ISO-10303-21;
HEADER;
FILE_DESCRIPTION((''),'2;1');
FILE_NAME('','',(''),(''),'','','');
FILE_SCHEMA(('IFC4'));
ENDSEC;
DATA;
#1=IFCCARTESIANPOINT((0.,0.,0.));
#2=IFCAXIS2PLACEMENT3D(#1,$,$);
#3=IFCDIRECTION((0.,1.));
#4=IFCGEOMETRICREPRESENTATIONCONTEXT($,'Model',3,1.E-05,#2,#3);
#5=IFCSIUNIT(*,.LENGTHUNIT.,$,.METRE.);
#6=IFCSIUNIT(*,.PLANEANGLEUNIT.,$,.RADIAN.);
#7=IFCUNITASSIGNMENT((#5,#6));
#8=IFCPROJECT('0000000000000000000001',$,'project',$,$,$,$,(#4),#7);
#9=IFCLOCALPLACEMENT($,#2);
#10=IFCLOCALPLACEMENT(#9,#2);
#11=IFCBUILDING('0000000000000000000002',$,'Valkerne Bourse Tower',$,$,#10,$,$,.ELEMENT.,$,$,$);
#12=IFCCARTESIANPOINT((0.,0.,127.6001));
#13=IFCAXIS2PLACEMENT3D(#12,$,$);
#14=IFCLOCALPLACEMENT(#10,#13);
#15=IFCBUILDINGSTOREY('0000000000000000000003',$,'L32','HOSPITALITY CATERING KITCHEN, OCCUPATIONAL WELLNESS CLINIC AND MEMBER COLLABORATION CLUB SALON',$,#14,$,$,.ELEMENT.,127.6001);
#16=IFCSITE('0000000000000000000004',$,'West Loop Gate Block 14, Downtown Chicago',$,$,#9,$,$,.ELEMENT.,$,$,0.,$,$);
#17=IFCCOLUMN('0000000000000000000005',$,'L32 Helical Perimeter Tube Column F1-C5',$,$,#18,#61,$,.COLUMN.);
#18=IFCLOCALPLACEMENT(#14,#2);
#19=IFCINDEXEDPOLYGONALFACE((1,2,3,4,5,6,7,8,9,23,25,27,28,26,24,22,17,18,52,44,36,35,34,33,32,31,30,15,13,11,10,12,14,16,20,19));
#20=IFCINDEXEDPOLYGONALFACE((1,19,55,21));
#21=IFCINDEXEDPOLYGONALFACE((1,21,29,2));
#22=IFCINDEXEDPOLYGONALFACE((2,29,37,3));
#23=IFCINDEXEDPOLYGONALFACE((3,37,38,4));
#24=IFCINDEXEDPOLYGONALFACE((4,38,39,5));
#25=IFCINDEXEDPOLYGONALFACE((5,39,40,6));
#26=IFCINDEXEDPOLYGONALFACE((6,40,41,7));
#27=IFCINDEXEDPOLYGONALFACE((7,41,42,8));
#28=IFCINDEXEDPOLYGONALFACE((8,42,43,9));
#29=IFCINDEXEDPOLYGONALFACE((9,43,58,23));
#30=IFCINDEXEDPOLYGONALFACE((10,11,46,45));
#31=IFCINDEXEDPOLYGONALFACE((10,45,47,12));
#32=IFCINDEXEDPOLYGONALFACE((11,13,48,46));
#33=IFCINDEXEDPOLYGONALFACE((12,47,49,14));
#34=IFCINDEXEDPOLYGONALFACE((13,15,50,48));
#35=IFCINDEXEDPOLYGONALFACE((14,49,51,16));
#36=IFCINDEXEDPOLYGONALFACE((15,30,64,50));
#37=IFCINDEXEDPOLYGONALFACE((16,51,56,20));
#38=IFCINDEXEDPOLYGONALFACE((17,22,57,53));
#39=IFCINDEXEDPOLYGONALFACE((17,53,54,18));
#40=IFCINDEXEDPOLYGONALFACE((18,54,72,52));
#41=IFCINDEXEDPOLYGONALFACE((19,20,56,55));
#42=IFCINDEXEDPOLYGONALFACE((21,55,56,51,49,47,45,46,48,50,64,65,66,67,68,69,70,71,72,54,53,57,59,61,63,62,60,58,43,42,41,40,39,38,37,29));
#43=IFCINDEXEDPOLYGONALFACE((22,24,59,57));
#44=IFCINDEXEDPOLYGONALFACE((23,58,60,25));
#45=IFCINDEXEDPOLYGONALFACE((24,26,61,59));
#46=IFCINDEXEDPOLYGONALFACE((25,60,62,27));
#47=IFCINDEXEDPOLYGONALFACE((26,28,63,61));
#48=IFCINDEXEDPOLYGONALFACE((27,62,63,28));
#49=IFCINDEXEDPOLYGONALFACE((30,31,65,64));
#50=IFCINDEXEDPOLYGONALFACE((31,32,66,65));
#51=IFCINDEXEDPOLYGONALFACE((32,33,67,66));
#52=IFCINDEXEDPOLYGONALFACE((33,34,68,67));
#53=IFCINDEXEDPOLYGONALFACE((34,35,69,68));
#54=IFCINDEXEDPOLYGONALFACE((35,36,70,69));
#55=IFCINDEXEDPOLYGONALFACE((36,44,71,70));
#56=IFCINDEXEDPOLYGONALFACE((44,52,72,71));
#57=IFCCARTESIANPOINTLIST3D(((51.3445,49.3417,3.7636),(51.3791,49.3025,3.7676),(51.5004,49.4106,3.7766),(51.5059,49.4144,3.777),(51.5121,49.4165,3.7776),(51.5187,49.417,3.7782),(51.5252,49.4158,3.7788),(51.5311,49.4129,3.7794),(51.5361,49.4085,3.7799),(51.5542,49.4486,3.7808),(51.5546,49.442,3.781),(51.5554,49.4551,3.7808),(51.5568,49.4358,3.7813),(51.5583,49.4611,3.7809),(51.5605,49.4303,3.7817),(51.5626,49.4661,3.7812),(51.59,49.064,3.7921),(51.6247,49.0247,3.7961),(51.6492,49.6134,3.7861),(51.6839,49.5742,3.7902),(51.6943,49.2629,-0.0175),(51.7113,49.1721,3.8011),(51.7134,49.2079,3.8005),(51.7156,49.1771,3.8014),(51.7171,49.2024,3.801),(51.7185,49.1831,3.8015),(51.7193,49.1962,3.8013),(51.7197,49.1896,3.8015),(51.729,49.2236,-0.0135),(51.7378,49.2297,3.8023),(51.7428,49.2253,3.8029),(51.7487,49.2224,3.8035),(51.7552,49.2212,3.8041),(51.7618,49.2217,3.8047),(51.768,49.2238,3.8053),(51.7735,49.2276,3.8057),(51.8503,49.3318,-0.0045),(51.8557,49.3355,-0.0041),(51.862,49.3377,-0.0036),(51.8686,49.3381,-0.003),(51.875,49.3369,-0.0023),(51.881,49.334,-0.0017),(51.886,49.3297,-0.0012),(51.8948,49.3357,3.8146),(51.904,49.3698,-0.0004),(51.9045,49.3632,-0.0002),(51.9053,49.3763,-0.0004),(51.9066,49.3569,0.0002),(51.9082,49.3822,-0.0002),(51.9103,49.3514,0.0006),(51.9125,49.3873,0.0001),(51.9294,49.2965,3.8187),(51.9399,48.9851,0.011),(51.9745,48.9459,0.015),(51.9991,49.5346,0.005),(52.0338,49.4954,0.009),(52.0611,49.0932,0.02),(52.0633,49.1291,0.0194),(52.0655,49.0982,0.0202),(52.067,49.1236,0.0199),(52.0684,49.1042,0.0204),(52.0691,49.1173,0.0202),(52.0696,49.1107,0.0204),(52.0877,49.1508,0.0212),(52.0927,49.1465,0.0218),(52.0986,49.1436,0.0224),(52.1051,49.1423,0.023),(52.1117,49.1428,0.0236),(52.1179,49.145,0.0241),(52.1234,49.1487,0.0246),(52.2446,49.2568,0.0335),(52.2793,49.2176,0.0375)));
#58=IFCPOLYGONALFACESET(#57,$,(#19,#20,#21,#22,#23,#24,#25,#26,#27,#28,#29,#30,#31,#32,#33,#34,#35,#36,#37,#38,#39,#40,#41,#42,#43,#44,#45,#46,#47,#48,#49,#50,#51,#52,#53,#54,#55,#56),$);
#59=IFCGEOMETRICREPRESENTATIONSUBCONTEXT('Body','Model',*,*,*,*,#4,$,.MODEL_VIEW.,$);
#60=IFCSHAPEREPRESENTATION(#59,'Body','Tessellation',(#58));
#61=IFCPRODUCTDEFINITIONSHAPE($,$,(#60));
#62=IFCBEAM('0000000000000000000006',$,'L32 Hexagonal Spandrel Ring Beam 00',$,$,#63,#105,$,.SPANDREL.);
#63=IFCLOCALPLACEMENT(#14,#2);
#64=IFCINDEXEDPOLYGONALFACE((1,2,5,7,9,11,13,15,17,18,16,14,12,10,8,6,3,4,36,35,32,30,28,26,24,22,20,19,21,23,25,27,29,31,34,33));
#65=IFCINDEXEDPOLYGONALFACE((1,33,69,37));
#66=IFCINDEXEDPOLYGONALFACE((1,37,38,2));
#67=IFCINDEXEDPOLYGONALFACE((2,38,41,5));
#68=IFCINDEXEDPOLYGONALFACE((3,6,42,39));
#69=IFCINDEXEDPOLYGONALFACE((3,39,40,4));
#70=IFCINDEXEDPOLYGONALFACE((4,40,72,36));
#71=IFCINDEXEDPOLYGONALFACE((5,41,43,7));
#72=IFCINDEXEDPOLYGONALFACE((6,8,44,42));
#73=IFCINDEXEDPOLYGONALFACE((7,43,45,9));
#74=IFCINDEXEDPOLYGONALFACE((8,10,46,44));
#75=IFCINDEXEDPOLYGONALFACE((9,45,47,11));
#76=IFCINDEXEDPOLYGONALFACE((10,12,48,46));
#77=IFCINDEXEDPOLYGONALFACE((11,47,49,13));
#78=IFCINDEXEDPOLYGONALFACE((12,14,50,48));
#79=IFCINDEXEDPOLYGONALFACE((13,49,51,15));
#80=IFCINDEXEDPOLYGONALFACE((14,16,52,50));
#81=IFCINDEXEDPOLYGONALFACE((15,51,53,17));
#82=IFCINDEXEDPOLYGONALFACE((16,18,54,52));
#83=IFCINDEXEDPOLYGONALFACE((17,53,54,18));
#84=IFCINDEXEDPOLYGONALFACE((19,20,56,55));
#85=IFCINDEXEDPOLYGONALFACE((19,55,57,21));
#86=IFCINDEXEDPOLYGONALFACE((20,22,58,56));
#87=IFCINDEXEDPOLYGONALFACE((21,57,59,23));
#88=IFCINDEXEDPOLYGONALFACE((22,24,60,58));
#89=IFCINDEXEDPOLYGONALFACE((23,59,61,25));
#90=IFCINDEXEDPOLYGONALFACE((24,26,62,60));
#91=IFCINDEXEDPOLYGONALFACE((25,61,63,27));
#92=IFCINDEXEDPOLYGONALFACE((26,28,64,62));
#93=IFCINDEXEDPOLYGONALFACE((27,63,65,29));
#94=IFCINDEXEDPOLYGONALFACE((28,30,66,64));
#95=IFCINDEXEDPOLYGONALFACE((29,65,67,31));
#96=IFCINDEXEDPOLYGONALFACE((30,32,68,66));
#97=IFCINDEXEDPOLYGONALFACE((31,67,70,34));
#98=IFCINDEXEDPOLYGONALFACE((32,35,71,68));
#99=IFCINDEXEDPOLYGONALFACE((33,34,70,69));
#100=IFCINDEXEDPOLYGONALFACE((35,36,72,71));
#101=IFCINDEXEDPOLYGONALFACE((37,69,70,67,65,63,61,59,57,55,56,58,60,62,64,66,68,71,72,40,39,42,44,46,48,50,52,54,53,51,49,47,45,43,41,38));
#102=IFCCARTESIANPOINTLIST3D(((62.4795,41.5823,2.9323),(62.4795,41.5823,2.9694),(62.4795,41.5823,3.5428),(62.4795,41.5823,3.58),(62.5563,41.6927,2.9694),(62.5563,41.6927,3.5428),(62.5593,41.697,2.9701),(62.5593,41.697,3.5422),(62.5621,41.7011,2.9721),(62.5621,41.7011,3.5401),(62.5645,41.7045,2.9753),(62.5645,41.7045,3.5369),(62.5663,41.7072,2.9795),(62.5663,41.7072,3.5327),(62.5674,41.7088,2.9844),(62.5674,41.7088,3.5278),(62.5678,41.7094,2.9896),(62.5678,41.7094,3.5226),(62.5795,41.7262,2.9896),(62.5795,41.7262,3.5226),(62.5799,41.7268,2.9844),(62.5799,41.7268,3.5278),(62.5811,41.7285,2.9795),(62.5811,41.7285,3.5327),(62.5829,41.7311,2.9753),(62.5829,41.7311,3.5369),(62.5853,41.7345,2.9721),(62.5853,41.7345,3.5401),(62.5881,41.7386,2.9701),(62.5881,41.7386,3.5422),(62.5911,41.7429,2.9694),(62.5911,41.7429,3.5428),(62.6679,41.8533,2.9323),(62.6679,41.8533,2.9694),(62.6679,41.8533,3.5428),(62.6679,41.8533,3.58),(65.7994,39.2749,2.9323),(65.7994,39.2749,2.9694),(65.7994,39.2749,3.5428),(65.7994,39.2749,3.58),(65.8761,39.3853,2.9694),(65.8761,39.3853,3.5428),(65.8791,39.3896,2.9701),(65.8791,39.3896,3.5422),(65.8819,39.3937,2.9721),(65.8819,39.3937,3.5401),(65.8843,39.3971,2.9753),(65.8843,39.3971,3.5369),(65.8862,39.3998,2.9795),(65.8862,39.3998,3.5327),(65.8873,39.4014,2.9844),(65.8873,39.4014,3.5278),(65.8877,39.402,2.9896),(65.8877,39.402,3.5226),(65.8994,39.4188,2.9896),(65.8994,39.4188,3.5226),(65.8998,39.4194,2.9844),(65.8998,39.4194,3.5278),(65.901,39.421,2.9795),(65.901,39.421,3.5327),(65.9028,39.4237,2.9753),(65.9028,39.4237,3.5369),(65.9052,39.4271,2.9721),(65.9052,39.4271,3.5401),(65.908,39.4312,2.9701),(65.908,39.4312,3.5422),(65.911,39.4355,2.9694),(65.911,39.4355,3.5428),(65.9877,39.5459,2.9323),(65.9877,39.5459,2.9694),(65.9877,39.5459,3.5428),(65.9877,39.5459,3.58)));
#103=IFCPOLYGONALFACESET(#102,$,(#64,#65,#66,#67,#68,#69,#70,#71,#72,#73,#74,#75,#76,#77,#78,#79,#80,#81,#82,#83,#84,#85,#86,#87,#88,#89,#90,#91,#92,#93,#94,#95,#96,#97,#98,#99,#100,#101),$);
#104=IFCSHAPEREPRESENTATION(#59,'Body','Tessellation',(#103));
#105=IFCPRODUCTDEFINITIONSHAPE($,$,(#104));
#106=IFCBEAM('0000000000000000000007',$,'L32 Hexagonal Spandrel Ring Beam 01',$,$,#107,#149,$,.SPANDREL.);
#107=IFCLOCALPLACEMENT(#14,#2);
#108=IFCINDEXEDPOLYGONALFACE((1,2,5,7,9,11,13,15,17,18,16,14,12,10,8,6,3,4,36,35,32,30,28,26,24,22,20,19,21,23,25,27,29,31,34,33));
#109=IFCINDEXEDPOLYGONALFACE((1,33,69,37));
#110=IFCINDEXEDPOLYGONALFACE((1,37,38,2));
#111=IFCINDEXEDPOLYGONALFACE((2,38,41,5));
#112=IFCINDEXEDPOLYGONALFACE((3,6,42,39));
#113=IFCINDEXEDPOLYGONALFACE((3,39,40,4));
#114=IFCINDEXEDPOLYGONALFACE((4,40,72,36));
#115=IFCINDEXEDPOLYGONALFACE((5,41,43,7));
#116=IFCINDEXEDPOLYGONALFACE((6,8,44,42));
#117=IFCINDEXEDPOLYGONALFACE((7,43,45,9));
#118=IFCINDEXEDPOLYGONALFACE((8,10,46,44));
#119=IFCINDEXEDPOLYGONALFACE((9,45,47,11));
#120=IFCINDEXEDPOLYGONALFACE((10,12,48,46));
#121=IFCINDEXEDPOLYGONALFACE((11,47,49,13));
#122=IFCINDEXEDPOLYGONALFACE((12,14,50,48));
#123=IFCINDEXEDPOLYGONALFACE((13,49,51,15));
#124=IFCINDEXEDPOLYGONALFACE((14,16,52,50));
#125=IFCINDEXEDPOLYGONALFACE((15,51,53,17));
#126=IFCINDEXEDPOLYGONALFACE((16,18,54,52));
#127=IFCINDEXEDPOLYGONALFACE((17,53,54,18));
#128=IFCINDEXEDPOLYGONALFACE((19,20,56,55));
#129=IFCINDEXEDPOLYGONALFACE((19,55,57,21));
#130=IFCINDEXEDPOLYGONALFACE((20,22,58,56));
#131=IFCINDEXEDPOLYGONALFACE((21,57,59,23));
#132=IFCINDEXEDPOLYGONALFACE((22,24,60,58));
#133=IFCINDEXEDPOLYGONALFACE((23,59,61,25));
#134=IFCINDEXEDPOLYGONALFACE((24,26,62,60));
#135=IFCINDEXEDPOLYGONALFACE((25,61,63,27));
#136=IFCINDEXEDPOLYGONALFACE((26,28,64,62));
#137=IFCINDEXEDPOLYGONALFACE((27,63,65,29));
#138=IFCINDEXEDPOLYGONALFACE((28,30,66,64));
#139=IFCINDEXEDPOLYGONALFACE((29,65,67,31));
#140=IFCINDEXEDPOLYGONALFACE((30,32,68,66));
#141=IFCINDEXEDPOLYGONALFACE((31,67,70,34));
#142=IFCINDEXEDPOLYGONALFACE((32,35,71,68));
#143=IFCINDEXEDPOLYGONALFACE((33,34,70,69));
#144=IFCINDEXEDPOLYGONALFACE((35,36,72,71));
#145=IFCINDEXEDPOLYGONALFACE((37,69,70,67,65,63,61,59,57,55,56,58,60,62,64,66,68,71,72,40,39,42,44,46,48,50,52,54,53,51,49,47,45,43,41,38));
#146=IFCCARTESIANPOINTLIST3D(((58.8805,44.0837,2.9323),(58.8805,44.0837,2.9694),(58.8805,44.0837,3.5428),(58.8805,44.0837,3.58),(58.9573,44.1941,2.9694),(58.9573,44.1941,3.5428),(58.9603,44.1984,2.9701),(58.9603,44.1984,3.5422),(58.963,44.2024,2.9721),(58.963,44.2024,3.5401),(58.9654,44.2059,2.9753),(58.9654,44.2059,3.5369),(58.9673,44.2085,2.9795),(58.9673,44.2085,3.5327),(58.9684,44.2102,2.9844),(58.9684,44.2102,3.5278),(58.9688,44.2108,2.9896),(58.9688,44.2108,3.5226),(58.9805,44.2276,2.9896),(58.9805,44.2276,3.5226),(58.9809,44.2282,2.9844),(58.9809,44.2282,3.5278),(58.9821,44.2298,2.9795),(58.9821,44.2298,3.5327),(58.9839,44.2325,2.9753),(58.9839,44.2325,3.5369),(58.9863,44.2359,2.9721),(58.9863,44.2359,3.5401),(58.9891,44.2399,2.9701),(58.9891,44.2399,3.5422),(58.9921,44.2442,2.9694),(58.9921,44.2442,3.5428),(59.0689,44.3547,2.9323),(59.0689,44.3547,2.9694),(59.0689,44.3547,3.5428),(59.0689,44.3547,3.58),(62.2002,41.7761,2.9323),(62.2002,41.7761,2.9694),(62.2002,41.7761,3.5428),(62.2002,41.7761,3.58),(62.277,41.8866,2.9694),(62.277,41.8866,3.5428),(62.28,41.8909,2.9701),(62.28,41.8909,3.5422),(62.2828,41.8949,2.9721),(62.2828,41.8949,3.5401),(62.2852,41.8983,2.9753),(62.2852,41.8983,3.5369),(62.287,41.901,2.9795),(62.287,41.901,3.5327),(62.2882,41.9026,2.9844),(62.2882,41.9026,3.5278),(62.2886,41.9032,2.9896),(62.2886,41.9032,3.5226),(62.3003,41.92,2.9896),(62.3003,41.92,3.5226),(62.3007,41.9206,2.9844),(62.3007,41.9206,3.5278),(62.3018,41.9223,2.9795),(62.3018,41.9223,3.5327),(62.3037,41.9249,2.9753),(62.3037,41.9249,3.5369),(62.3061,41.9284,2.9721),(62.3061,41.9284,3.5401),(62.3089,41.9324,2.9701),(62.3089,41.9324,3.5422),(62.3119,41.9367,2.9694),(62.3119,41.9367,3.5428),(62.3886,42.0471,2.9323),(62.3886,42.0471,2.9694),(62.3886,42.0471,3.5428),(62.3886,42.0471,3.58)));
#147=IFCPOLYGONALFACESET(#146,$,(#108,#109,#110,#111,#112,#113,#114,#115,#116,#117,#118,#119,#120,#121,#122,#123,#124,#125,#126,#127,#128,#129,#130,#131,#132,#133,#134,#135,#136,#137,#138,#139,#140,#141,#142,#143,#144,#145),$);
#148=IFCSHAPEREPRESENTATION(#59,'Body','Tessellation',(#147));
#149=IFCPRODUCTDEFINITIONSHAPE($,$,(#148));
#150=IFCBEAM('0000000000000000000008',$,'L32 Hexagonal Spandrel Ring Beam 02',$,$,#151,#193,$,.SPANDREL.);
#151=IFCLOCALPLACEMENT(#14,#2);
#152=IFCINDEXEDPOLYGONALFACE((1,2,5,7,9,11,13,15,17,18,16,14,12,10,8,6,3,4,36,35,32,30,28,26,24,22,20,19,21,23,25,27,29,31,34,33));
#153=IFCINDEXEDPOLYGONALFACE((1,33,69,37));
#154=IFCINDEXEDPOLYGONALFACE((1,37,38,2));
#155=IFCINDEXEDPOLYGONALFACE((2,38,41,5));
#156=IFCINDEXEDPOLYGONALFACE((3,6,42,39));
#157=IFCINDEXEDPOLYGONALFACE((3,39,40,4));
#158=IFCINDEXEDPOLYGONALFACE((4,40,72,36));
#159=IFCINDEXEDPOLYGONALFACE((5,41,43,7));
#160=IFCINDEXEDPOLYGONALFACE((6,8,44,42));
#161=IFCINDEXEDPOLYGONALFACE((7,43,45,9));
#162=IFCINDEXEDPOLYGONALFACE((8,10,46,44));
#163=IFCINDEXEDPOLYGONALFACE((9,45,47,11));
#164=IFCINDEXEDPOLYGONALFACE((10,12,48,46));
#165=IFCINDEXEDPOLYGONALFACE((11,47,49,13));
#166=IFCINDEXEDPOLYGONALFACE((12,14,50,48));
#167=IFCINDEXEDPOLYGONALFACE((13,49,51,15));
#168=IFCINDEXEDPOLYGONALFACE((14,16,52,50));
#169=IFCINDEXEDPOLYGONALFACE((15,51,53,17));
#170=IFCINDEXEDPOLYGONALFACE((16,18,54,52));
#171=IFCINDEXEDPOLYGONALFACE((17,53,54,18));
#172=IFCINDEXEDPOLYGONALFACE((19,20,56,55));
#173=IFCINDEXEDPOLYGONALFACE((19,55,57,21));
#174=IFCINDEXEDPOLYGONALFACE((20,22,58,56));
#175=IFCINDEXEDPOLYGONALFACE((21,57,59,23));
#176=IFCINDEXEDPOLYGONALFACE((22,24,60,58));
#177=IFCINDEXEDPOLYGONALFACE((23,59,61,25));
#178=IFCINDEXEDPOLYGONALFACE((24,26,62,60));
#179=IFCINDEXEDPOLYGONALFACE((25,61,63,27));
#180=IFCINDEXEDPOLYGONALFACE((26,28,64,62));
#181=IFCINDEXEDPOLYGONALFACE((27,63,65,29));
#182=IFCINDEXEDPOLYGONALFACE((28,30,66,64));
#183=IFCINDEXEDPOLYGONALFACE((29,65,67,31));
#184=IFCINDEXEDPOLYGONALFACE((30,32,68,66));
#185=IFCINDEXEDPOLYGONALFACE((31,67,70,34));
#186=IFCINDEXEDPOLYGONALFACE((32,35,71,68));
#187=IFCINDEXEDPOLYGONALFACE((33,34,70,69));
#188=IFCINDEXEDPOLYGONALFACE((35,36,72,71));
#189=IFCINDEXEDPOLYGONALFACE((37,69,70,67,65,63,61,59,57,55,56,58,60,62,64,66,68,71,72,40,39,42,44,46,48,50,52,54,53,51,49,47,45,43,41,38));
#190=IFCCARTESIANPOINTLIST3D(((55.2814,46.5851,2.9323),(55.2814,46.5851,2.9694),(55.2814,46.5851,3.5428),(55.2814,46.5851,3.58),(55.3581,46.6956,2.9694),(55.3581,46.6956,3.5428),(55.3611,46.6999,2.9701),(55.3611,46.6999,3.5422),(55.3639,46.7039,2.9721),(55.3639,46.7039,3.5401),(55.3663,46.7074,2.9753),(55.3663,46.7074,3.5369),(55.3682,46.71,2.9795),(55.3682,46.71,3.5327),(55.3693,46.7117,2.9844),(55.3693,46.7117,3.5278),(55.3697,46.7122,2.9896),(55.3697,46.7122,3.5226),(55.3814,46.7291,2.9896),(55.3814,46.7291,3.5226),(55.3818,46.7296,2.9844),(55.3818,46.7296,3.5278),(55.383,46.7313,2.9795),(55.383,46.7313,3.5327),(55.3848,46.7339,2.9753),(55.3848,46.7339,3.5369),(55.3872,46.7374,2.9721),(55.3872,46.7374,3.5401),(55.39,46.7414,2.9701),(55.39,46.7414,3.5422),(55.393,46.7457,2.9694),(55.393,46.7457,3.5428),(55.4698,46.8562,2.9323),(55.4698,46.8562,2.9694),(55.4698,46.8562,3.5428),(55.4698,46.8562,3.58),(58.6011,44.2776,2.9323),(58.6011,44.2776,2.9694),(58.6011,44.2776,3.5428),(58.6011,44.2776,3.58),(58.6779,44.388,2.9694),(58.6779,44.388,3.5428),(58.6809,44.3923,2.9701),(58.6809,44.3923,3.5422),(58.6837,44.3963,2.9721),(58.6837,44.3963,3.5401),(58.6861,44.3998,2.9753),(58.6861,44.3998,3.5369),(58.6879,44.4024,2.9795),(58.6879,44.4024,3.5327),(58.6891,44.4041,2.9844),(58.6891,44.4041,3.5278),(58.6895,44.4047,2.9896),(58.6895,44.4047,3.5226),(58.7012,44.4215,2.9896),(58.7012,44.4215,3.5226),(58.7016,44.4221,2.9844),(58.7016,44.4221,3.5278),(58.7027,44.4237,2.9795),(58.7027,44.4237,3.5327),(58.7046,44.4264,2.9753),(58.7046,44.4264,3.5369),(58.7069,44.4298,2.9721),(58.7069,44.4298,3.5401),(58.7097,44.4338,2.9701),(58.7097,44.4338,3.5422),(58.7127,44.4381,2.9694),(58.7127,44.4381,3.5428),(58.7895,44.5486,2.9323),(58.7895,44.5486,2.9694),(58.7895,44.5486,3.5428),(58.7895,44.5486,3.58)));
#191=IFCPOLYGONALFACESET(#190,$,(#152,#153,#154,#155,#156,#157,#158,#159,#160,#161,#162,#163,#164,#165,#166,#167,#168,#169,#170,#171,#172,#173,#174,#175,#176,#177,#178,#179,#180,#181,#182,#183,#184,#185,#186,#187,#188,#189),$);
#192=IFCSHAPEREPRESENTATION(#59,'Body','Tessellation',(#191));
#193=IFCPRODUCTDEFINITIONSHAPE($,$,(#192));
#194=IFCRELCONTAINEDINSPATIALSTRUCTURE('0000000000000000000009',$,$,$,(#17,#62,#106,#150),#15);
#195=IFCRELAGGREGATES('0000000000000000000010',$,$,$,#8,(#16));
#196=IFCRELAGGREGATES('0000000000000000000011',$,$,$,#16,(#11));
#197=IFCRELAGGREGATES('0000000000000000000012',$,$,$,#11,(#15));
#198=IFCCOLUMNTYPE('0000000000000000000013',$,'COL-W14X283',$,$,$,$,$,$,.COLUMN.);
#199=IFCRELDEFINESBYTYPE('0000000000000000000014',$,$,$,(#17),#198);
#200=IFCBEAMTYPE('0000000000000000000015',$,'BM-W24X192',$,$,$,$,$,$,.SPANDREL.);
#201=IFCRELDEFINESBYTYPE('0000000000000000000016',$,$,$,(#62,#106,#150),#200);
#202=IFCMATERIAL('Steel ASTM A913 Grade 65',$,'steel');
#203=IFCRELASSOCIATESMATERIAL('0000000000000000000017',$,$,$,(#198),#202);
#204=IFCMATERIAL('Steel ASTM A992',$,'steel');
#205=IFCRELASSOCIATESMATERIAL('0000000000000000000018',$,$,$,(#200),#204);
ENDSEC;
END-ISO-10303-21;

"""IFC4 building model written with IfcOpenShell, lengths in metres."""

from ifc_helpers import new_model, si_unit, direction, frame, origin, origin_2d, place, context, subcontext, project, spatial, i_section, extrude, material, material_profile, profile_set, type_object, element, save


model = new_model("IFC4")

# Units and contexts
model_context = context("Model", 3, precision=1e-05, world=origin(), true_north=direction((0.0, 1.0)))
body_context = subcontext(model_context, "Body", "Model", "MODEL_VIEW")
ifc_project = project(units=[si_unit("LENGTHUNIT", "METRE"), si_unit("PLANEANGLEUNIT", "RADIAN")], contexts=[model_context])

# Site, building, storey
site_placement = place(None, origin())
site = spatial("IfcSite", under=ifc_project, at=site_placement, Name="West Loop Gate Block 14, Downtown Chicago", CompositionType="ELEMENT", RefElevation=0.0)
building_placement = place(site_placement, origin())
building = spatial("IfcBuilding", under=site, at=building_placement, Name="Valkerne Bourse Tower", CompositionType="ELEMENT")
storey_placement = place(building_placement, frame((0.0, 0.0, 127.6001)))
storey = spatial("IfcBuildingStorey", under=building, at=storey_placement, Name="L32", Description="HOSPITALITY CATERING KITCHEN, OCCUPATIONAL WELLNESS CLINIC AND MEMBER COLLABORATION CLUB SALON", CompositionType="ELEMENT", Elevation=127.6001)

# Column
ifc_material_1 = material(Name="Steel ASTM A913 Grade 65", Category="steel")
ifc_material_profile_1 = material_profile(ifc_material_1, i_section(OverallWidth=0.4089, OverallDepth=0.4243, WebThickness=0.0327, FlangeThickness=0.0525, FilletRadius=0.0254, at=origin_2d()), Name="W14X283")
ifc_profile_set_1 = profile_set([ifc_material_profile_1], Name="Steel ASTM A913 Grade 65")
column_type = type_object("IfcColumnType", Name="COL-W14X283", PredefinedType="COLUMN", material=ifc_profile_set_1)
column_1_placement = place(storey_placement, frame((51.9868, 49.2402, 0.01), z_axis=(-0.092116, 0.020763, 0.995532), x_axis=(0.745281, 0.66447, 0.055102)))
element("IfcColumn", 1, at=column_1_placement, inside=storey, type_object=column_type, Name="L32 Helical Perimeter Tube Column F1-C5", PredefinedType="COLUMN", context=body_context, shape_type="SweptSolid", body=[
    extrude(i_section(OverallWidth=0.4089, OverallDepth=0.4243, WebThickness=0.0327, FlangeThickness=0.0525, FilletRadius=0.0254, at=origin_2d()), origin(), (0.0, 0.0, 1.0), 3.7981),
])

# Beams
ifc_material_2 = material(Name="Steel ASTM A992", Category="steel")
ifc_material_profile_2 = material_profile(ifc_material_2, i_section(OverallWidth=0.3301, OverallDepth=0.6477, WebThickness=0.0205, FlangeThickness=0.0371, FilletRadius=0.0203, at=origin_2d()), Name="W24X192")
ifc_profile_set_2 = profile_set([ifc_material_profile_2], Name="Steel ASTM A992")
beam_type = type_object("IfcBeamType", Name="BM-W24X192", PredefinedType="SPANDREL", material=ifc_profile_set_2)
for number, where, z_axis, x_axis, name in (
    (2, (65.8936, 39.4104, 3.2561), (-0.821145, 0.570719, 0.0), (-0.570719, -0.821145, 0.0), "L32 Hexagonal Spandrel Ring Beam 00"),
    (3, (62.2944, 41.9116, 3.2561), (-0.821117, 0.57076, 0.0), (-0.57076, -0.821117, 0.0), "L32 Hexagonal Spandrel Ring Beam 01"),
    (4, (58.6953, 44.4131, 3.2561), (-0.821117, 0.57076, 0.0), (-0.57076, -0.821117, 0.0), "L32 Hexagonal Spandrel Ring Beam 02"),
):
    element("IfcBeam", number, at=place(storey_placement, frame(where, z_axis=z_axis, x_axis=x_axis)), inside=storey, type_object=beam_type, Name=name, PredefinedType="SPANDREL", context=body_context, shape_type="SweptSolid", body=[
        extrude(i_section(OverallWidth=0.3301, OverallDepth=0.6477, WebThickness=0.0205, FlangeThickness=0.0371, FilletRadius=0.0203, at=origin_2d()), origin(), (0.0, 0.0, 1.0), 4.043),
    ])

save(model, "model.ifc")
